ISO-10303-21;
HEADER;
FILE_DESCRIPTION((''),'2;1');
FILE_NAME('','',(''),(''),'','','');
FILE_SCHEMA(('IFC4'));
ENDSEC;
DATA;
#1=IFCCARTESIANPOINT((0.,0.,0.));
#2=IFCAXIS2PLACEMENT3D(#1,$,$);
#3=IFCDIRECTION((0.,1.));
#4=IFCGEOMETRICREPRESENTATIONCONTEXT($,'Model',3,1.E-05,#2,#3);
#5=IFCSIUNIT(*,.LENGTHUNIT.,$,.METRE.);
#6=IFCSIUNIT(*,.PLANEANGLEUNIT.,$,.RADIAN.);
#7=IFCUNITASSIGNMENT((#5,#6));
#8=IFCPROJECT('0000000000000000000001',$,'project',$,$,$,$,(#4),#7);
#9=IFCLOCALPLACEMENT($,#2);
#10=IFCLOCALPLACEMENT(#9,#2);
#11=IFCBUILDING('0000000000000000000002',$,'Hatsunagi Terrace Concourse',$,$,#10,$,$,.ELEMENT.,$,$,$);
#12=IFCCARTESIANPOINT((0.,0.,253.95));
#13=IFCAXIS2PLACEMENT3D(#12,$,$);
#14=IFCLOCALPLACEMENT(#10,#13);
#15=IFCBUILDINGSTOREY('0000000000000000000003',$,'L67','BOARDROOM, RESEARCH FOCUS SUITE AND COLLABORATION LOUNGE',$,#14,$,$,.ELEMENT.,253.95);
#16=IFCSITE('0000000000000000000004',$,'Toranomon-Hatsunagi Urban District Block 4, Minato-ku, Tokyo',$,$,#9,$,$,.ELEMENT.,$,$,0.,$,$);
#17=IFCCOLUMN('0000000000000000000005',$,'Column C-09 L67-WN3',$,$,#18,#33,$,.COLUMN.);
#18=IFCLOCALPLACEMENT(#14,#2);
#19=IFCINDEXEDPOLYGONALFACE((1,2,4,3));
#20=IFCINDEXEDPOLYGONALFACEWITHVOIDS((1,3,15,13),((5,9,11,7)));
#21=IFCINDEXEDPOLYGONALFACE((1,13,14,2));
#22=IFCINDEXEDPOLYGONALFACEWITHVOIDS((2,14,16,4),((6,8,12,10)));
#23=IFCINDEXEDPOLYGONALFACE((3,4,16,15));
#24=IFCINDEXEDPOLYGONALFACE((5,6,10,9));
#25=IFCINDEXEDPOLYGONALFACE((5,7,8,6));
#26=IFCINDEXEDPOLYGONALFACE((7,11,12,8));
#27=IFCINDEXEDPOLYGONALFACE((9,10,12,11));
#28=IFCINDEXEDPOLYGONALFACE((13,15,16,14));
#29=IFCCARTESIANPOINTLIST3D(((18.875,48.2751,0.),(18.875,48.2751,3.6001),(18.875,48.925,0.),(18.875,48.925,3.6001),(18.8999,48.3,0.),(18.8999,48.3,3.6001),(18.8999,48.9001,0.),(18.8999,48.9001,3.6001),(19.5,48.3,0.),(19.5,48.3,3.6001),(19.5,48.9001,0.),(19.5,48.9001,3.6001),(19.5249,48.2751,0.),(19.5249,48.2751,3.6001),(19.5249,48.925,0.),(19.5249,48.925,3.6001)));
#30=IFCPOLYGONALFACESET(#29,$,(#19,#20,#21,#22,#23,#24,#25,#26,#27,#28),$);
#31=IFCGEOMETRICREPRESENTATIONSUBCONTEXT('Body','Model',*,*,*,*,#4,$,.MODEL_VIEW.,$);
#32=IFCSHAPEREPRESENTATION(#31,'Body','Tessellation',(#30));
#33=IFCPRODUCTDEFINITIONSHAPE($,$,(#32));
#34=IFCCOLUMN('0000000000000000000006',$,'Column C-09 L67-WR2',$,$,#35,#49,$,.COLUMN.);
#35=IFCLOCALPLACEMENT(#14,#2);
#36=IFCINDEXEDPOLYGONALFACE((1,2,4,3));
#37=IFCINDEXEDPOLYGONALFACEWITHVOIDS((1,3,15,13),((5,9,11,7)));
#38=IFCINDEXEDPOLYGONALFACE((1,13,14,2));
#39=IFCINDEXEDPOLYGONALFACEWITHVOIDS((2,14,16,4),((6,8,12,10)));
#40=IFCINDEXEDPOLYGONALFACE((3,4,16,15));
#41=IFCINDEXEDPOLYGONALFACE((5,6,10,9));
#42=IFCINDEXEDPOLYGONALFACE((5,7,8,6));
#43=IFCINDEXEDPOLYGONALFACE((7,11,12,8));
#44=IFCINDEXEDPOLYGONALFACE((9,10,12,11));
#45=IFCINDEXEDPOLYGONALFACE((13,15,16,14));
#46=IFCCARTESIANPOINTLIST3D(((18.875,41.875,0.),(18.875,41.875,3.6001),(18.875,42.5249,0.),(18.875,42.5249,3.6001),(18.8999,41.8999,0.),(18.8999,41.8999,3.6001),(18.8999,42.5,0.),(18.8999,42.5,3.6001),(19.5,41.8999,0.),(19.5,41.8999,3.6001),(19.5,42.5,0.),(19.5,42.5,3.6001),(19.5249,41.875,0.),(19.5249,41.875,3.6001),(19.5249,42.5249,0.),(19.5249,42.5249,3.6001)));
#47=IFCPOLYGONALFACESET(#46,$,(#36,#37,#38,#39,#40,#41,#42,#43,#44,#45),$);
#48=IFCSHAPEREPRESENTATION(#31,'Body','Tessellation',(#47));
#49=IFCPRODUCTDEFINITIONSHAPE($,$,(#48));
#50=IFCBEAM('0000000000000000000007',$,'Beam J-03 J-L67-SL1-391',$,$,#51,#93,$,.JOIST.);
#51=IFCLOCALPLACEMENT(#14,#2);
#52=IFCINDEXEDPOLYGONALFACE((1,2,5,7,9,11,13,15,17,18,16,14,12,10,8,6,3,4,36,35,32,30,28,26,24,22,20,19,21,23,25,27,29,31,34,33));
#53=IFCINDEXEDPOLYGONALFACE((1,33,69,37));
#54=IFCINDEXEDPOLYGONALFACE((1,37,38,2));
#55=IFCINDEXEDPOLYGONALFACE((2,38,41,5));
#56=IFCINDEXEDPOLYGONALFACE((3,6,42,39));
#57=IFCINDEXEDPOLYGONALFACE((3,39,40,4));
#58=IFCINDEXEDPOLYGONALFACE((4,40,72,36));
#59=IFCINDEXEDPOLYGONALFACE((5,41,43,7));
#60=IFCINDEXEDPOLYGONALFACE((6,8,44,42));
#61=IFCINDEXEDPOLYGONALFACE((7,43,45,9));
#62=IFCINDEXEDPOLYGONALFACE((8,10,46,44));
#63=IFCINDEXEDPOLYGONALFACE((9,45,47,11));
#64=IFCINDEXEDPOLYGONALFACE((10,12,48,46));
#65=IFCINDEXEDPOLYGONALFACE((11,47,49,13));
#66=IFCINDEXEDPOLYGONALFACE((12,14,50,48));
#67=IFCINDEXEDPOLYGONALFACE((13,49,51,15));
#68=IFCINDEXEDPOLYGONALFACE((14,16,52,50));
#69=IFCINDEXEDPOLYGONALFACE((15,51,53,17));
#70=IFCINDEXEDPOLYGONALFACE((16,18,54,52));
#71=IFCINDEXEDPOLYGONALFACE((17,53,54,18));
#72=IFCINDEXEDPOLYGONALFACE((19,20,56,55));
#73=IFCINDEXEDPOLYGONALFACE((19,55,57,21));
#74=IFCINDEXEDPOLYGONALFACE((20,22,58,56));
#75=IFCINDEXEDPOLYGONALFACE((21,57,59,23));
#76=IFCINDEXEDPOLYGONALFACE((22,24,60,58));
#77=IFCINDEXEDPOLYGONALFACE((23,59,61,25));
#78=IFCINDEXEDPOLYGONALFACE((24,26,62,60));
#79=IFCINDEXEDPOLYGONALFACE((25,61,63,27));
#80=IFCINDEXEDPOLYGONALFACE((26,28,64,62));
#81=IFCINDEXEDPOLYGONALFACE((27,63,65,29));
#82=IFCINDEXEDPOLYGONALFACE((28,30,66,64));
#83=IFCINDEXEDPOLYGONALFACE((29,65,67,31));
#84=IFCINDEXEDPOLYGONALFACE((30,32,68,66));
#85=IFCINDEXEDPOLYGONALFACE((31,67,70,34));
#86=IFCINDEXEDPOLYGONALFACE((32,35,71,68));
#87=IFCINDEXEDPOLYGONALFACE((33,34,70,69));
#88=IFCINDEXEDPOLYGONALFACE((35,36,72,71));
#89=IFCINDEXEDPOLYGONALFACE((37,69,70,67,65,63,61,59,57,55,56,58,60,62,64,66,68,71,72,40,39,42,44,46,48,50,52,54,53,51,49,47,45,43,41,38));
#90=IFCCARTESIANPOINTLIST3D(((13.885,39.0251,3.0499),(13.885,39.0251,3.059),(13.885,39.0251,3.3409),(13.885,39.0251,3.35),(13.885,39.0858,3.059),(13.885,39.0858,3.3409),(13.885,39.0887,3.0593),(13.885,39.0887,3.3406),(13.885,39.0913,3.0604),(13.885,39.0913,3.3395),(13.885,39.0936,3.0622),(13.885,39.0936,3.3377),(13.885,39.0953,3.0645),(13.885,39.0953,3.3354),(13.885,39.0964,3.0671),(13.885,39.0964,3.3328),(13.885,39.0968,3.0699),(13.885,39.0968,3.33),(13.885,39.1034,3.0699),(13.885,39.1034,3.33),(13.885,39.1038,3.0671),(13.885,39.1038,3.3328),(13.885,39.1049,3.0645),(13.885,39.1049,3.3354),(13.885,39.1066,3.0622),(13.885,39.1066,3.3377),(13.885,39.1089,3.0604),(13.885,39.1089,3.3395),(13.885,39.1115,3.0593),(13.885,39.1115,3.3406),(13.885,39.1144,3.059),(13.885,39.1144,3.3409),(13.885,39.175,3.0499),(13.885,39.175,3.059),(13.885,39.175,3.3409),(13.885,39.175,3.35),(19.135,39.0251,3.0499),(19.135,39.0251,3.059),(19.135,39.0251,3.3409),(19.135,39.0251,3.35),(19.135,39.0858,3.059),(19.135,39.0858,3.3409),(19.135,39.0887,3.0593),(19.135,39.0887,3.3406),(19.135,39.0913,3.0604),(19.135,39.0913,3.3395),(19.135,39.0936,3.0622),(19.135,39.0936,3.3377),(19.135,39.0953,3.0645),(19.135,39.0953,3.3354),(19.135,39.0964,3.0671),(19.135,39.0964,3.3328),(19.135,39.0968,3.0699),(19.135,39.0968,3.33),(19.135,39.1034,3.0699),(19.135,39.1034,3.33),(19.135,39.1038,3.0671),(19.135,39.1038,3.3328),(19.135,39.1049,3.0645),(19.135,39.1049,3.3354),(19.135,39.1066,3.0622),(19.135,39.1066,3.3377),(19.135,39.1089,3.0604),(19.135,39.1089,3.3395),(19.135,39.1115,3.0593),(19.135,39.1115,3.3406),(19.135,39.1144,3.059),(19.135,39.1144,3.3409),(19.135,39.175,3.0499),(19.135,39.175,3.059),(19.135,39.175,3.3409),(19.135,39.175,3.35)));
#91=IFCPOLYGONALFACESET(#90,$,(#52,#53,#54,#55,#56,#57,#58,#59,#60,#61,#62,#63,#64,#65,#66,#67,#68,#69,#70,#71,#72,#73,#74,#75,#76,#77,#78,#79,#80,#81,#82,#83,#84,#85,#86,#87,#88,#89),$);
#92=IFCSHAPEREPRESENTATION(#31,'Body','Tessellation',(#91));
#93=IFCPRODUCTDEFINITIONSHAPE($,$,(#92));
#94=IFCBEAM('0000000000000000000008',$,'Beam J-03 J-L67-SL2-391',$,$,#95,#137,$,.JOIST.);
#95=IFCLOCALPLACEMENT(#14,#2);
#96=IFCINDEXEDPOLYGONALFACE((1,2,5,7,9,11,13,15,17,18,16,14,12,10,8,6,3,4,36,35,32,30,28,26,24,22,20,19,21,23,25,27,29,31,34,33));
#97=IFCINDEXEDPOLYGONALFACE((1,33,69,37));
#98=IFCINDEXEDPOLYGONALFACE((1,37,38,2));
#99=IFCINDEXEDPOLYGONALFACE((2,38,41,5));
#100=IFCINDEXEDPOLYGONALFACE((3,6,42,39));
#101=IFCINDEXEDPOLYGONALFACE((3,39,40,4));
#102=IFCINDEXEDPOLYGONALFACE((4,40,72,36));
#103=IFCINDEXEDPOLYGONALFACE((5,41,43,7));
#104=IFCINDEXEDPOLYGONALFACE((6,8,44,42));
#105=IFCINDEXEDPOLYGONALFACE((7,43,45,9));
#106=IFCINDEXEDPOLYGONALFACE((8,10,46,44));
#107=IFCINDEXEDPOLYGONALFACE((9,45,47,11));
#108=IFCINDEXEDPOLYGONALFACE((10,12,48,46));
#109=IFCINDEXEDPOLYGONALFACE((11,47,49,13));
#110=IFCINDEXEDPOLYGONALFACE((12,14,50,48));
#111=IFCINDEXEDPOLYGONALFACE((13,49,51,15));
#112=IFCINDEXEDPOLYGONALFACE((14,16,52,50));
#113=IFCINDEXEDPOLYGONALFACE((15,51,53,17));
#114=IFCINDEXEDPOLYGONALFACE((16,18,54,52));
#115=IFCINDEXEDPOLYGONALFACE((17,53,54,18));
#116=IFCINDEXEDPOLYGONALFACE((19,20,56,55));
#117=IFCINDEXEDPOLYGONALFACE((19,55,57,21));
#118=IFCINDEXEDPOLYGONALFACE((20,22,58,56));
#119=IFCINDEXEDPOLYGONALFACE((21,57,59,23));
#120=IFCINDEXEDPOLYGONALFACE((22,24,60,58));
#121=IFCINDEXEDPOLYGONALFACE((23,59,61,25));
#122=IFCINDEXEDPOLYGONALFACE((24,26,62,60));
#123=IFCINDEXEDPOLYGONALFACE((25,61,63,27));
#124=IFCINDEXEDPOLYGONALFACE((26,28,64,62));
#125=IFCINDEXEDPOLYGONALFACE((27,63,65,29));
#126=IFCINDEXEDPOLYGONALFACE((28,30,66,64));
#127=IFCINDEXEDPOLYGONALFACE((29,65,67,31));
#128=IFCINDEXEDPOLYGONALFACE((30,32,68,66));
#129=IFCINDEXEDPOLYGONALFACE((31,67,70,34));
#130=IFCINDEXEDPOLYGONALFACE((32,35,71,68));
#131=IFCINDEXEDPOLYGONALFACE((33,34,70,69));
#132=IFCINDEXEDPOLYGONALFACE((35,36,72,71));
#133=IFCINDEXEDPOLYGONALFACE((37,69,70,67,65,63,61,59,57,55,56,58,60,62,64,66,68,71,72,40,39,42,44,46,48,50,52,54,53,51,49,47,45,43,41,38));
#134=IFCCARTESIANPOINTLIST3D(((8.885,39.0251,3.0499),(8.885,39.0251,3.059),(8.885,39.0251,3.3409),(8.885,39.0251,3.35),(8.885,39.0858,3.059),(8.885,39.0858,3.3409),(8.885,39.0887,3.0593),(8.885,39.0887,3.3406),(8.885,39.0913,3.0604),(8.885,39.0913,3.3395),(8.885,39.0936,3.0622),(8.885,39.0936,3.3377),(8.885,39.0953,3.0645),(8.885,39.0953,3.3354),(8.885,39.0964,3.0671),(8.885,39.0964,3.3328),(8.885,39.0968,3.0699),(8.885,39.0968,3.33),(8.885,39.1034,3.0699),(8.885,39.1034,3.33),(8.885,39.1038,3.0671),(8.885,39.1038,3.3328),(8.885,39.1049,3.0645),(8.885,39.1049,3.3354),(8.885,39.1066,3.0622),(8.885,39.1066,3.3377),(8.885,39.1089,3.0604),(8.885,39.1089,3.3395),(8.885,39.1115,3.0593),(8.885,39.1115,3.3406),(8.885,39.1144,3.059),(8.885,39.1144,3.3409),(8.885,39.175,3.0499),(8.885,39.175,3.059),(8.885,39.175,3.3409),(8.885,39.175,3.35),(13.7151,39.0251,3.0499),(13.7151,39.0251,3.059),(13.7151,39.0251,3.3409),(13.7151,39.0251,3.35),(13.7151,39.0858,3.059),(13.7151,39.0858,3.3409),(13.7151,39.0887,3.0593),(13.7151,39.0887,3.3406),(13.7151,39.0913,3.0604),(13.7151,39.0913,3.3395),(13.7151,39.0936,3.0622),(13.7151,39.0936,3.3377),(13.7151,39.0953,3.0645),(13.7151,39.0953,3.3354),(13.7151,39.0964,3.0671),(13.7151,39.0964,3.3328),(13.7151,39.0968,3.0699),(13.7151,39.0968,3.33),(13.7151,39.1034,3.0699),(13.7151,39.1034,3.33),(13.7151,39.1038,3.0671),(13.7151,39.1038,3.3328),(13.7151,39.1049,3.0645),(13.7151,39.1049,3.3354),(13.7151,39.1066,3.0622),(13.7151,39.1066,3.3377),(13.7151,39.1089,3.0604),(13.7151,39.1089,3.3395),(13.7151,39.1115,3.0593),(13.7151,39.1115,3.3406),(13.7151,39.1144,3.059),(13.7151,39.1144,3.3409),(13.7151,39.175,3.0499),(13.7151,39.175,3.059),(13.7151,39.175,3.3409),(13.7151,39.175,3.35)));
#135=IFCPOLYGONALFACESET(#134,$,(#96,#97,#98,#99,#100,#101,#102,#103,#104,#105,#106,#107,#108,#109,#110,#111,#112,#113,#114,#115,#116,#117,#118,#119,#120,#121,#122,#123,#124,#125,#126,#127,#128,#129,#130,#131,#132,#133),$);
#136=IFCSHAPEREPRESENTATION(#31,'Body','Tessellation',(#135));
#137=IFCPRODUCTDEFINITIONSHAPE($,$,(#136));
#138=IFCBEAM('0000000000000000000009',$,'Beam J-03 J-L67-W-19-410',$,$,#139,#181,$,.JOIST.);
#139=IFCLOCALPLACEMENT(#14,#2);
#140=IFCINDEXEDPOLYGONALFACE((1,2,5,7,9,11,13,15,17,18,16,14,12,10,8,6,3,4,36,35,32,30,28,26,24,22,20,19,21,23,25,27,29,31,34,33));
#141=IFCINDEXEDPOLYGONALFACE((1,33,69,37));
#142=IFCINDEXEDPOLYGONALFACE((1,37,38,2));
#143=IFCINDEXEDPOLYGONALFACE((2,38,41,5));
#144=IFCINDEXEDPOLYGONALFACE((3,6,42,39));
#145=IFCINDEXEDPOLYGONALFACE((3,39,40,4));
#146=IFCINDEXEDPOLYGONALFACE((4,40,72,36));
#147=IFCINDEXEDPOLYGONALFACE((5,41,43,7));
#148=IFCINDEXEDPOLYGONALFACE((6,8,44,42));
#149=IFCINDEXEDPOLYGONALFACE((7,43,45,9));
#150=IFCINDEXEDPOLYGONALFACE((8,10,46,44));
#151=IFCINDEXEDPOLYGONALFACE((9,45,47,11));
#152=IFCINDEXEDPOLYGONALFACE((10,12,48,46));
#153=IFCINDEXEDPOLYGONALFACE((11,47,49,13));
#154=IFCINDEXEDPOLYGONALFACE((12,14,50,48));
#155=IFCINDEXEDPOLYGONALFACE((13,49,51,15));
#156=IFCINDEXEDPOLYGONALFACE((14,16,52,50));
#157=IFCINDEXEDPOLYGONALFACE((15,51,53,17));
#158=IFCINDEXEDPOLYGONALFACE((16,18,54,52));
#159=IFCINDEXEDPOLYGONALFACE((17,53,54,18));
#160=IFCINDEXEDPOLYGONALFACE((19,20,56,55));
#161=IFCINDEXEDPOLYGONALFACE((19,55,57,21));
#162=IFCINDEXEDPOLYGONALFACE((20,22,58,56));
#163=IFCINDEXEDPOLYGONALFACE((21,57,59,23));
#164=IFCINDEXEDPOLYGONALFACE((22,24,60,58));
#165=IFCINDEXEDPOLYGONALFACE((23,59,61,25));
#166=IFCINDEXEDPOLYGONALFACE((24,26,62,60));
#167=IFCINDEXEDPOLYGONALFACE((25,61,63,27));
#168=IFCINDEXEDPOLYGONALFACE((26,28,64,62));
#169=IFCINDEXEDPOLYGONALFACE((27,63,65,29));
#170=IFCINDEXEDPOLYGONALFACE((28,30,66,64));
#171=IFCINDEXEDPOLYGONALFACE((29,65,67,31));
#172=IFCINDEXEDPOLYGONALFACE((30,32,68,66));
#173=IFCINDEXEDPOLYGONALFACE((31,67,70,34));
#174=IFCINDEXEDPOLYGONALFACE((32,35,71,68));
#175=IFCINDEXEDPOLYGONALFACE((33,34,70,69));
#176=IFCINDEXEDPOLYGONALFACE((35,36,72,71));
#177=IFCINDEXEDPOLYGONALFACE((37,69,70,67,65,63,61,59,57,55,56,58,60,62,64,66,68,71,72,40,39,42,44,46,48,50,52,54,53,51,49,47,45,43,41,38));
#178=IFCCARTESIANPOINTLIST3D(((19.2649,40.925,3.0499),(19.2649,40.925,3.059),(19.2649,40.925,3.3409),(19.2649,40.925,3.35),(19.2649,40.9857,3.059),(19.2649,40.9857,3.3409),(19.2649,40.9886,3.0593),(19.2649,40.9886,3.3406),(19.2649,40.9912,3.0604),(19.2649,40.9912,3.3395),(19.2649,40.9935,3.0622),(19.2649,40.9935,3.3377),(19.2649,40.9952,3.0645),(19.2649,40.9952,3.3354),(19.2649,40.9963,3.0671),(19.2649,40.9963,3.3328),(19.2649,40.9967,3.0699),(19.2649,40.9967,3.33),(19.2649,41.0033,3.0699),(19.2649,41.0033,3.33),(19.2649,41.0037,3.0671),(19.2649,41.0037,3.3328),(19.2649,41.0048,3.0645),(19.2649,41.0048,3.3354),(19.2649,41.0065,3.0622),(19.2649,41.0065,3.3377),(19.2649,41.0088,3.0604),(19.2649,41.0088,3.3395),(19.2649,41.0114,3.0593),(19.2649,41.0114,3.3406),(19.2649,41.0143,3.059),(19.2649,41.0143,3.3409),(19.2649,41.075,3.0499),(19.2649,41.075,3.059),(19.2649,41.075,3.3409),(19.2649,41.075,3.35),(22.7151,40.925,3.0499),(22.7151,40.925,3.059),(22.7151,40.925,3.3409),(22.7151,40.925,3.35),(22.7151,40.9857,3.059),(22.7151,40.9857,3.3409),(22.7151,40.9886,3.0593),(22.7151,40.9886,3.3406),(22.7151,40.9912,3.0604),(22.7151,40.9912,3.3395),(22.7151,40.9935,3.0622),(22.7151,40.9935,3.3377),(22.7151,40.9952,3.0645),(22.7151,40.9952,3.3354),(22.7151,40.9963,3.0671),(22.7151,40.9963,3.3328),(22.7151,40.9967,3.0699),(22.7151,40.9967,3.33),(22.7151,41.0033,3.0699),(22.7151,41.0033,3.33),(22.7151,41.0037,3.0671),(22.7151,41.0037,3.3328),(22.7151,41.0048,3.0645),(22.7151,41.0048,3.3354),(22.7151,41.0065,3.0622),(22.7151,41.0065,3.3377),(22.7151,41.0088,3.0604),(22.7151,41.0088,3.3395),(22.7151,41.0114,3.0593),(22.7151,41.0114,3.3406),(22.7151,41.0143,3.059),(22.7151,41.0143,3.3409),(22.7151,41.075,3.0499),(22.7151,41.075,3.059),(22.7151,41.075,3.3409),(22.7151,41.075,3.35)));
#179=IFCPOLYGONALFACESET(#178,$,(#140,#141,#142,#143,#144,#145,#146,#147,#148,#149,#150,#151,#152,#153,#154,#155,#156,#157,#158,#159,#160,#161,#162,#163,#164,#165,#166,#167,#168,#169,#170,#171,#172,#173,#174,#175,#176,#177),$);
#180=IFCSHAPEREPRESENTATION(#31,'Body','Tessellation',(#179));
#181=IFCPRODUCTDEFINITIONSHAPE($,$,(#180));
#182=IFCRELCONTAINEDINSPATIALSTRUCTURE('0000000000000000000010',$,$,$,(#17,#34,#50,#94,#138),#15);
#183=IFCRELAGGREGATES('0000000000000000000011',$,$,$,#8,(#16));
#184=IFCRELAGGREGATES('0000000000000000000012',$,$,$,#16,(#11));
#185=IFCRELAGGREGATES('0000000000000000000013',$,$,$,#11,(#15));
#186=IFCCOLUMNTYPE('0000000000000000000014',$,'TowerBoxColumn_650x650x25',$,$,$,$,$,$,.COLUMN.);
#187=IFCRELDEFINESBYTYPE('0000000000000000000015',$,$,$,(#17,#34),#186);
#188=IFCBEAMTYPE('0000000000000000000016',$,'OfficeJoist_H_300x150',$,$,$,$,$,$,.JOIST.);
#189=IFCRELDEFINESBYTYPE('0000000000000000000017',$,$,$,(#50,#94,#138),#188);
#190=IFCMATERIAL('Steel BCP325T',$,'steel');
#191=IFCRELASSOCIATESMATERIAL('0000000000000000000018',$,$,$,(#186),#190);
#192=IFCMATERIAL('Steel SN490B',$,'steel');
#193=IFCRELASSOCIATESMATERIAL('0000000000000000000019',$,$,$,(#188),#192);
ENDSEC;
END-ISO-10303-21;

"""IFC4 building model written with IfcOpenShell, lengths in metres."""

from ifc_helpers import new_model, si_unit, direction, frame, origin, origin_2d, place, context, subcontext, project, spatial, hollow_rectangle, i_section, extrude, material, material_profile, profile_set, type_object, element, save


model = new_model("IFC4")

# Units and contexts
model_context = context("Model", 3, precision=1e-05, world=origin(), true_north=direction((0.0, 1.0)))
body_context = subcontext(model_context, "Body", "Model", "MODEL_VIEW")
ifc_project = project(units=[si_unit("LENGTHUNIT", "METRE"), si_unit("PLANEANGLEUNIT", "RADIAN")], contexts=[model_context])

# Site, building, storey
site_placement = place(None, origin())
site = spatial("IfcSite", under=ifc_project, at=site_placement, Name="Toranomon-Hatsunagi Urban District Block 4, Minato-ku, Tokyo", CompositionType="ELEMENT", RefElevation=0.0)
building_placement = place(site_placement, origin())
building = spatial("IfcBuilding", under=site, at=building_placement, Name="Hatsunagi Terrace Concourse", CompositionType="ELEMENT")
storey_placement = place(building_placement, frame((0.0, 0.0, 253.95)))
storey = spatial("IfcBuildingStorey", under=building, at=storey_placement, Name="L67", Description="BOARDROOM, RESEARCH FOCUS SUITE AND COLLABORATION LOUNGE", CompositionType="ELEMENT", Elevation=253.95)

# Columns
ifc_material_1 = material(Name="Steel BCP325T", Category="steel")
ifc_material_profile_1 = material_profile(ifc_material_1, hollow_rectangle(XDim=0.6499, YDim=0.6499, WallThickness=0.0249, at=origin_2d()), Name="BCP-650x650x25")
ifc_profile_set_1 = profile_set([ifc_material_profile_1], Name="Steel BCP325T")
column_type = type_object("IfcColumnType", Name="TowerBoxColumn_650x650x25", PredefinedType="COLUMN", material=ifc_profile_set_1)
for number, where, z_axis, x_axis, name in (
    (1, (19.2, 48.6001, 0.0), (0.0, 0.0, 1.0), (1.0, 0.0, 0.0), "Column C-09 L67-WN3"),
    (2, (19.2, 42.2, 0.0), (0.0, 0.0, 1.0), (1.0, 0.0, 0.0), "Column C-09 L67-WR2"),
):
    element("IfcColumn", number, at=place(storey_placement, frame(where, z_axis=z_axis, x_axis=x_axis)), inside=storey, type_object=column_type, Name=name, PredefinedType="COLUMN", context=body_context, shape_type="SweptSolid", body=[
        extrude(hollow_rectangle(XDim=0.6499, YDim=0.6499, WallThickness=0.0249, at=origin_2d()), origin(), (0.0, 0.0, 1.0), 3.6001),
    ])

# Beams
ifc_material_2 = material(Name="Steel SN490B", Category="steel")
ifc_material_profile_2 = material_profile(ifc_material_2, i_section(OverallWidth=0.1499, OverallDepth=0.3, WebThickness=0.0066, FlangeThickness=0.009, FilletRadius=0.011, at=origin_2d()), Name="H-300x150x6.5x9")
ifc_profile_set_2 = profile_set([ifc_material_profile_2], Name="Steel SN490B")
beam_type_1 = type_object("IfcBeamType", Name="OfficeJoist_H_300x150", PredefinedType="JOIST", material=ifc_profile_set_2)
beam_1_placement = place(storey_placement, frame((19.135, 39.1001, 3.2), z_axis=(-1.0, 0.0, 0.0), x_axis=(0.0, -1.0, 0.0)))
element("IfcBeam", 3, at=beam_1_placement, inside=storey, type_object=beam_type_1, Name="Beam J-03 J-L67-SL1-391", PredefinedType="JOIST", context=body_context, shape_type="SweptSolid", body=[
    extrude(i_section(OverallWidth=0.1499, OverallDepth=0.3, WebThickness=0.0066, FlangeThickness=0.009, FilletRadius=0.011, at=origin_2d()), origin(), (0.0, 0.0, 1.0), 5.25),
])
beam_2_placement = place(storey_placement, frame((13.7151, 39.1001, 3.2), z_axis=(-1.0, 0.0, 0.0), x_axis=(0.0, -1.0, 0.0)))
element("IfcBeam", 4, at=beam_2_placement, inside=storey, type_object=beam_type_1, Name="Beam J-03 J-L67-SL2-391", PredefinedType="JOIST", context=body_context, shape_type="SweptSolid", body=[
    extrude(i_section(OverallWidth=0.1499, OverallDepth=0.3, WebThickness=0.0066, FlangeThickness=0.009, FilletRadius=0.011, at=origin_2d()), origin(), (0.0, 0.0, 1.0), 4.8301),
])
beam_3_placement = place(storey_placement, frame((19.2649, 41.0, 3.2), z_axis=(1.0, 0.0, 0.0), x_axis=(0.0, 1.0, 0.0)))
element("IfcBeam", 5, at=beam_3_placement, inside=storey, type_object=beam_type_1, Name="Beam J-03 J-L67-W-19-410", PredefinedType="JOIST", context=body_context, shape_type="SweptSolid", body=[
    extrude(i_section(OverallWidth=0.1499, OverallDepth=0.3, WebThickness=0.0066, FlangeThickness=0.009, FilletRadius=0.011, at=origin_2d()), origin(), (0.0, 0.0, 1.0), 3.4502),
])

save(model, "model.ifc")
